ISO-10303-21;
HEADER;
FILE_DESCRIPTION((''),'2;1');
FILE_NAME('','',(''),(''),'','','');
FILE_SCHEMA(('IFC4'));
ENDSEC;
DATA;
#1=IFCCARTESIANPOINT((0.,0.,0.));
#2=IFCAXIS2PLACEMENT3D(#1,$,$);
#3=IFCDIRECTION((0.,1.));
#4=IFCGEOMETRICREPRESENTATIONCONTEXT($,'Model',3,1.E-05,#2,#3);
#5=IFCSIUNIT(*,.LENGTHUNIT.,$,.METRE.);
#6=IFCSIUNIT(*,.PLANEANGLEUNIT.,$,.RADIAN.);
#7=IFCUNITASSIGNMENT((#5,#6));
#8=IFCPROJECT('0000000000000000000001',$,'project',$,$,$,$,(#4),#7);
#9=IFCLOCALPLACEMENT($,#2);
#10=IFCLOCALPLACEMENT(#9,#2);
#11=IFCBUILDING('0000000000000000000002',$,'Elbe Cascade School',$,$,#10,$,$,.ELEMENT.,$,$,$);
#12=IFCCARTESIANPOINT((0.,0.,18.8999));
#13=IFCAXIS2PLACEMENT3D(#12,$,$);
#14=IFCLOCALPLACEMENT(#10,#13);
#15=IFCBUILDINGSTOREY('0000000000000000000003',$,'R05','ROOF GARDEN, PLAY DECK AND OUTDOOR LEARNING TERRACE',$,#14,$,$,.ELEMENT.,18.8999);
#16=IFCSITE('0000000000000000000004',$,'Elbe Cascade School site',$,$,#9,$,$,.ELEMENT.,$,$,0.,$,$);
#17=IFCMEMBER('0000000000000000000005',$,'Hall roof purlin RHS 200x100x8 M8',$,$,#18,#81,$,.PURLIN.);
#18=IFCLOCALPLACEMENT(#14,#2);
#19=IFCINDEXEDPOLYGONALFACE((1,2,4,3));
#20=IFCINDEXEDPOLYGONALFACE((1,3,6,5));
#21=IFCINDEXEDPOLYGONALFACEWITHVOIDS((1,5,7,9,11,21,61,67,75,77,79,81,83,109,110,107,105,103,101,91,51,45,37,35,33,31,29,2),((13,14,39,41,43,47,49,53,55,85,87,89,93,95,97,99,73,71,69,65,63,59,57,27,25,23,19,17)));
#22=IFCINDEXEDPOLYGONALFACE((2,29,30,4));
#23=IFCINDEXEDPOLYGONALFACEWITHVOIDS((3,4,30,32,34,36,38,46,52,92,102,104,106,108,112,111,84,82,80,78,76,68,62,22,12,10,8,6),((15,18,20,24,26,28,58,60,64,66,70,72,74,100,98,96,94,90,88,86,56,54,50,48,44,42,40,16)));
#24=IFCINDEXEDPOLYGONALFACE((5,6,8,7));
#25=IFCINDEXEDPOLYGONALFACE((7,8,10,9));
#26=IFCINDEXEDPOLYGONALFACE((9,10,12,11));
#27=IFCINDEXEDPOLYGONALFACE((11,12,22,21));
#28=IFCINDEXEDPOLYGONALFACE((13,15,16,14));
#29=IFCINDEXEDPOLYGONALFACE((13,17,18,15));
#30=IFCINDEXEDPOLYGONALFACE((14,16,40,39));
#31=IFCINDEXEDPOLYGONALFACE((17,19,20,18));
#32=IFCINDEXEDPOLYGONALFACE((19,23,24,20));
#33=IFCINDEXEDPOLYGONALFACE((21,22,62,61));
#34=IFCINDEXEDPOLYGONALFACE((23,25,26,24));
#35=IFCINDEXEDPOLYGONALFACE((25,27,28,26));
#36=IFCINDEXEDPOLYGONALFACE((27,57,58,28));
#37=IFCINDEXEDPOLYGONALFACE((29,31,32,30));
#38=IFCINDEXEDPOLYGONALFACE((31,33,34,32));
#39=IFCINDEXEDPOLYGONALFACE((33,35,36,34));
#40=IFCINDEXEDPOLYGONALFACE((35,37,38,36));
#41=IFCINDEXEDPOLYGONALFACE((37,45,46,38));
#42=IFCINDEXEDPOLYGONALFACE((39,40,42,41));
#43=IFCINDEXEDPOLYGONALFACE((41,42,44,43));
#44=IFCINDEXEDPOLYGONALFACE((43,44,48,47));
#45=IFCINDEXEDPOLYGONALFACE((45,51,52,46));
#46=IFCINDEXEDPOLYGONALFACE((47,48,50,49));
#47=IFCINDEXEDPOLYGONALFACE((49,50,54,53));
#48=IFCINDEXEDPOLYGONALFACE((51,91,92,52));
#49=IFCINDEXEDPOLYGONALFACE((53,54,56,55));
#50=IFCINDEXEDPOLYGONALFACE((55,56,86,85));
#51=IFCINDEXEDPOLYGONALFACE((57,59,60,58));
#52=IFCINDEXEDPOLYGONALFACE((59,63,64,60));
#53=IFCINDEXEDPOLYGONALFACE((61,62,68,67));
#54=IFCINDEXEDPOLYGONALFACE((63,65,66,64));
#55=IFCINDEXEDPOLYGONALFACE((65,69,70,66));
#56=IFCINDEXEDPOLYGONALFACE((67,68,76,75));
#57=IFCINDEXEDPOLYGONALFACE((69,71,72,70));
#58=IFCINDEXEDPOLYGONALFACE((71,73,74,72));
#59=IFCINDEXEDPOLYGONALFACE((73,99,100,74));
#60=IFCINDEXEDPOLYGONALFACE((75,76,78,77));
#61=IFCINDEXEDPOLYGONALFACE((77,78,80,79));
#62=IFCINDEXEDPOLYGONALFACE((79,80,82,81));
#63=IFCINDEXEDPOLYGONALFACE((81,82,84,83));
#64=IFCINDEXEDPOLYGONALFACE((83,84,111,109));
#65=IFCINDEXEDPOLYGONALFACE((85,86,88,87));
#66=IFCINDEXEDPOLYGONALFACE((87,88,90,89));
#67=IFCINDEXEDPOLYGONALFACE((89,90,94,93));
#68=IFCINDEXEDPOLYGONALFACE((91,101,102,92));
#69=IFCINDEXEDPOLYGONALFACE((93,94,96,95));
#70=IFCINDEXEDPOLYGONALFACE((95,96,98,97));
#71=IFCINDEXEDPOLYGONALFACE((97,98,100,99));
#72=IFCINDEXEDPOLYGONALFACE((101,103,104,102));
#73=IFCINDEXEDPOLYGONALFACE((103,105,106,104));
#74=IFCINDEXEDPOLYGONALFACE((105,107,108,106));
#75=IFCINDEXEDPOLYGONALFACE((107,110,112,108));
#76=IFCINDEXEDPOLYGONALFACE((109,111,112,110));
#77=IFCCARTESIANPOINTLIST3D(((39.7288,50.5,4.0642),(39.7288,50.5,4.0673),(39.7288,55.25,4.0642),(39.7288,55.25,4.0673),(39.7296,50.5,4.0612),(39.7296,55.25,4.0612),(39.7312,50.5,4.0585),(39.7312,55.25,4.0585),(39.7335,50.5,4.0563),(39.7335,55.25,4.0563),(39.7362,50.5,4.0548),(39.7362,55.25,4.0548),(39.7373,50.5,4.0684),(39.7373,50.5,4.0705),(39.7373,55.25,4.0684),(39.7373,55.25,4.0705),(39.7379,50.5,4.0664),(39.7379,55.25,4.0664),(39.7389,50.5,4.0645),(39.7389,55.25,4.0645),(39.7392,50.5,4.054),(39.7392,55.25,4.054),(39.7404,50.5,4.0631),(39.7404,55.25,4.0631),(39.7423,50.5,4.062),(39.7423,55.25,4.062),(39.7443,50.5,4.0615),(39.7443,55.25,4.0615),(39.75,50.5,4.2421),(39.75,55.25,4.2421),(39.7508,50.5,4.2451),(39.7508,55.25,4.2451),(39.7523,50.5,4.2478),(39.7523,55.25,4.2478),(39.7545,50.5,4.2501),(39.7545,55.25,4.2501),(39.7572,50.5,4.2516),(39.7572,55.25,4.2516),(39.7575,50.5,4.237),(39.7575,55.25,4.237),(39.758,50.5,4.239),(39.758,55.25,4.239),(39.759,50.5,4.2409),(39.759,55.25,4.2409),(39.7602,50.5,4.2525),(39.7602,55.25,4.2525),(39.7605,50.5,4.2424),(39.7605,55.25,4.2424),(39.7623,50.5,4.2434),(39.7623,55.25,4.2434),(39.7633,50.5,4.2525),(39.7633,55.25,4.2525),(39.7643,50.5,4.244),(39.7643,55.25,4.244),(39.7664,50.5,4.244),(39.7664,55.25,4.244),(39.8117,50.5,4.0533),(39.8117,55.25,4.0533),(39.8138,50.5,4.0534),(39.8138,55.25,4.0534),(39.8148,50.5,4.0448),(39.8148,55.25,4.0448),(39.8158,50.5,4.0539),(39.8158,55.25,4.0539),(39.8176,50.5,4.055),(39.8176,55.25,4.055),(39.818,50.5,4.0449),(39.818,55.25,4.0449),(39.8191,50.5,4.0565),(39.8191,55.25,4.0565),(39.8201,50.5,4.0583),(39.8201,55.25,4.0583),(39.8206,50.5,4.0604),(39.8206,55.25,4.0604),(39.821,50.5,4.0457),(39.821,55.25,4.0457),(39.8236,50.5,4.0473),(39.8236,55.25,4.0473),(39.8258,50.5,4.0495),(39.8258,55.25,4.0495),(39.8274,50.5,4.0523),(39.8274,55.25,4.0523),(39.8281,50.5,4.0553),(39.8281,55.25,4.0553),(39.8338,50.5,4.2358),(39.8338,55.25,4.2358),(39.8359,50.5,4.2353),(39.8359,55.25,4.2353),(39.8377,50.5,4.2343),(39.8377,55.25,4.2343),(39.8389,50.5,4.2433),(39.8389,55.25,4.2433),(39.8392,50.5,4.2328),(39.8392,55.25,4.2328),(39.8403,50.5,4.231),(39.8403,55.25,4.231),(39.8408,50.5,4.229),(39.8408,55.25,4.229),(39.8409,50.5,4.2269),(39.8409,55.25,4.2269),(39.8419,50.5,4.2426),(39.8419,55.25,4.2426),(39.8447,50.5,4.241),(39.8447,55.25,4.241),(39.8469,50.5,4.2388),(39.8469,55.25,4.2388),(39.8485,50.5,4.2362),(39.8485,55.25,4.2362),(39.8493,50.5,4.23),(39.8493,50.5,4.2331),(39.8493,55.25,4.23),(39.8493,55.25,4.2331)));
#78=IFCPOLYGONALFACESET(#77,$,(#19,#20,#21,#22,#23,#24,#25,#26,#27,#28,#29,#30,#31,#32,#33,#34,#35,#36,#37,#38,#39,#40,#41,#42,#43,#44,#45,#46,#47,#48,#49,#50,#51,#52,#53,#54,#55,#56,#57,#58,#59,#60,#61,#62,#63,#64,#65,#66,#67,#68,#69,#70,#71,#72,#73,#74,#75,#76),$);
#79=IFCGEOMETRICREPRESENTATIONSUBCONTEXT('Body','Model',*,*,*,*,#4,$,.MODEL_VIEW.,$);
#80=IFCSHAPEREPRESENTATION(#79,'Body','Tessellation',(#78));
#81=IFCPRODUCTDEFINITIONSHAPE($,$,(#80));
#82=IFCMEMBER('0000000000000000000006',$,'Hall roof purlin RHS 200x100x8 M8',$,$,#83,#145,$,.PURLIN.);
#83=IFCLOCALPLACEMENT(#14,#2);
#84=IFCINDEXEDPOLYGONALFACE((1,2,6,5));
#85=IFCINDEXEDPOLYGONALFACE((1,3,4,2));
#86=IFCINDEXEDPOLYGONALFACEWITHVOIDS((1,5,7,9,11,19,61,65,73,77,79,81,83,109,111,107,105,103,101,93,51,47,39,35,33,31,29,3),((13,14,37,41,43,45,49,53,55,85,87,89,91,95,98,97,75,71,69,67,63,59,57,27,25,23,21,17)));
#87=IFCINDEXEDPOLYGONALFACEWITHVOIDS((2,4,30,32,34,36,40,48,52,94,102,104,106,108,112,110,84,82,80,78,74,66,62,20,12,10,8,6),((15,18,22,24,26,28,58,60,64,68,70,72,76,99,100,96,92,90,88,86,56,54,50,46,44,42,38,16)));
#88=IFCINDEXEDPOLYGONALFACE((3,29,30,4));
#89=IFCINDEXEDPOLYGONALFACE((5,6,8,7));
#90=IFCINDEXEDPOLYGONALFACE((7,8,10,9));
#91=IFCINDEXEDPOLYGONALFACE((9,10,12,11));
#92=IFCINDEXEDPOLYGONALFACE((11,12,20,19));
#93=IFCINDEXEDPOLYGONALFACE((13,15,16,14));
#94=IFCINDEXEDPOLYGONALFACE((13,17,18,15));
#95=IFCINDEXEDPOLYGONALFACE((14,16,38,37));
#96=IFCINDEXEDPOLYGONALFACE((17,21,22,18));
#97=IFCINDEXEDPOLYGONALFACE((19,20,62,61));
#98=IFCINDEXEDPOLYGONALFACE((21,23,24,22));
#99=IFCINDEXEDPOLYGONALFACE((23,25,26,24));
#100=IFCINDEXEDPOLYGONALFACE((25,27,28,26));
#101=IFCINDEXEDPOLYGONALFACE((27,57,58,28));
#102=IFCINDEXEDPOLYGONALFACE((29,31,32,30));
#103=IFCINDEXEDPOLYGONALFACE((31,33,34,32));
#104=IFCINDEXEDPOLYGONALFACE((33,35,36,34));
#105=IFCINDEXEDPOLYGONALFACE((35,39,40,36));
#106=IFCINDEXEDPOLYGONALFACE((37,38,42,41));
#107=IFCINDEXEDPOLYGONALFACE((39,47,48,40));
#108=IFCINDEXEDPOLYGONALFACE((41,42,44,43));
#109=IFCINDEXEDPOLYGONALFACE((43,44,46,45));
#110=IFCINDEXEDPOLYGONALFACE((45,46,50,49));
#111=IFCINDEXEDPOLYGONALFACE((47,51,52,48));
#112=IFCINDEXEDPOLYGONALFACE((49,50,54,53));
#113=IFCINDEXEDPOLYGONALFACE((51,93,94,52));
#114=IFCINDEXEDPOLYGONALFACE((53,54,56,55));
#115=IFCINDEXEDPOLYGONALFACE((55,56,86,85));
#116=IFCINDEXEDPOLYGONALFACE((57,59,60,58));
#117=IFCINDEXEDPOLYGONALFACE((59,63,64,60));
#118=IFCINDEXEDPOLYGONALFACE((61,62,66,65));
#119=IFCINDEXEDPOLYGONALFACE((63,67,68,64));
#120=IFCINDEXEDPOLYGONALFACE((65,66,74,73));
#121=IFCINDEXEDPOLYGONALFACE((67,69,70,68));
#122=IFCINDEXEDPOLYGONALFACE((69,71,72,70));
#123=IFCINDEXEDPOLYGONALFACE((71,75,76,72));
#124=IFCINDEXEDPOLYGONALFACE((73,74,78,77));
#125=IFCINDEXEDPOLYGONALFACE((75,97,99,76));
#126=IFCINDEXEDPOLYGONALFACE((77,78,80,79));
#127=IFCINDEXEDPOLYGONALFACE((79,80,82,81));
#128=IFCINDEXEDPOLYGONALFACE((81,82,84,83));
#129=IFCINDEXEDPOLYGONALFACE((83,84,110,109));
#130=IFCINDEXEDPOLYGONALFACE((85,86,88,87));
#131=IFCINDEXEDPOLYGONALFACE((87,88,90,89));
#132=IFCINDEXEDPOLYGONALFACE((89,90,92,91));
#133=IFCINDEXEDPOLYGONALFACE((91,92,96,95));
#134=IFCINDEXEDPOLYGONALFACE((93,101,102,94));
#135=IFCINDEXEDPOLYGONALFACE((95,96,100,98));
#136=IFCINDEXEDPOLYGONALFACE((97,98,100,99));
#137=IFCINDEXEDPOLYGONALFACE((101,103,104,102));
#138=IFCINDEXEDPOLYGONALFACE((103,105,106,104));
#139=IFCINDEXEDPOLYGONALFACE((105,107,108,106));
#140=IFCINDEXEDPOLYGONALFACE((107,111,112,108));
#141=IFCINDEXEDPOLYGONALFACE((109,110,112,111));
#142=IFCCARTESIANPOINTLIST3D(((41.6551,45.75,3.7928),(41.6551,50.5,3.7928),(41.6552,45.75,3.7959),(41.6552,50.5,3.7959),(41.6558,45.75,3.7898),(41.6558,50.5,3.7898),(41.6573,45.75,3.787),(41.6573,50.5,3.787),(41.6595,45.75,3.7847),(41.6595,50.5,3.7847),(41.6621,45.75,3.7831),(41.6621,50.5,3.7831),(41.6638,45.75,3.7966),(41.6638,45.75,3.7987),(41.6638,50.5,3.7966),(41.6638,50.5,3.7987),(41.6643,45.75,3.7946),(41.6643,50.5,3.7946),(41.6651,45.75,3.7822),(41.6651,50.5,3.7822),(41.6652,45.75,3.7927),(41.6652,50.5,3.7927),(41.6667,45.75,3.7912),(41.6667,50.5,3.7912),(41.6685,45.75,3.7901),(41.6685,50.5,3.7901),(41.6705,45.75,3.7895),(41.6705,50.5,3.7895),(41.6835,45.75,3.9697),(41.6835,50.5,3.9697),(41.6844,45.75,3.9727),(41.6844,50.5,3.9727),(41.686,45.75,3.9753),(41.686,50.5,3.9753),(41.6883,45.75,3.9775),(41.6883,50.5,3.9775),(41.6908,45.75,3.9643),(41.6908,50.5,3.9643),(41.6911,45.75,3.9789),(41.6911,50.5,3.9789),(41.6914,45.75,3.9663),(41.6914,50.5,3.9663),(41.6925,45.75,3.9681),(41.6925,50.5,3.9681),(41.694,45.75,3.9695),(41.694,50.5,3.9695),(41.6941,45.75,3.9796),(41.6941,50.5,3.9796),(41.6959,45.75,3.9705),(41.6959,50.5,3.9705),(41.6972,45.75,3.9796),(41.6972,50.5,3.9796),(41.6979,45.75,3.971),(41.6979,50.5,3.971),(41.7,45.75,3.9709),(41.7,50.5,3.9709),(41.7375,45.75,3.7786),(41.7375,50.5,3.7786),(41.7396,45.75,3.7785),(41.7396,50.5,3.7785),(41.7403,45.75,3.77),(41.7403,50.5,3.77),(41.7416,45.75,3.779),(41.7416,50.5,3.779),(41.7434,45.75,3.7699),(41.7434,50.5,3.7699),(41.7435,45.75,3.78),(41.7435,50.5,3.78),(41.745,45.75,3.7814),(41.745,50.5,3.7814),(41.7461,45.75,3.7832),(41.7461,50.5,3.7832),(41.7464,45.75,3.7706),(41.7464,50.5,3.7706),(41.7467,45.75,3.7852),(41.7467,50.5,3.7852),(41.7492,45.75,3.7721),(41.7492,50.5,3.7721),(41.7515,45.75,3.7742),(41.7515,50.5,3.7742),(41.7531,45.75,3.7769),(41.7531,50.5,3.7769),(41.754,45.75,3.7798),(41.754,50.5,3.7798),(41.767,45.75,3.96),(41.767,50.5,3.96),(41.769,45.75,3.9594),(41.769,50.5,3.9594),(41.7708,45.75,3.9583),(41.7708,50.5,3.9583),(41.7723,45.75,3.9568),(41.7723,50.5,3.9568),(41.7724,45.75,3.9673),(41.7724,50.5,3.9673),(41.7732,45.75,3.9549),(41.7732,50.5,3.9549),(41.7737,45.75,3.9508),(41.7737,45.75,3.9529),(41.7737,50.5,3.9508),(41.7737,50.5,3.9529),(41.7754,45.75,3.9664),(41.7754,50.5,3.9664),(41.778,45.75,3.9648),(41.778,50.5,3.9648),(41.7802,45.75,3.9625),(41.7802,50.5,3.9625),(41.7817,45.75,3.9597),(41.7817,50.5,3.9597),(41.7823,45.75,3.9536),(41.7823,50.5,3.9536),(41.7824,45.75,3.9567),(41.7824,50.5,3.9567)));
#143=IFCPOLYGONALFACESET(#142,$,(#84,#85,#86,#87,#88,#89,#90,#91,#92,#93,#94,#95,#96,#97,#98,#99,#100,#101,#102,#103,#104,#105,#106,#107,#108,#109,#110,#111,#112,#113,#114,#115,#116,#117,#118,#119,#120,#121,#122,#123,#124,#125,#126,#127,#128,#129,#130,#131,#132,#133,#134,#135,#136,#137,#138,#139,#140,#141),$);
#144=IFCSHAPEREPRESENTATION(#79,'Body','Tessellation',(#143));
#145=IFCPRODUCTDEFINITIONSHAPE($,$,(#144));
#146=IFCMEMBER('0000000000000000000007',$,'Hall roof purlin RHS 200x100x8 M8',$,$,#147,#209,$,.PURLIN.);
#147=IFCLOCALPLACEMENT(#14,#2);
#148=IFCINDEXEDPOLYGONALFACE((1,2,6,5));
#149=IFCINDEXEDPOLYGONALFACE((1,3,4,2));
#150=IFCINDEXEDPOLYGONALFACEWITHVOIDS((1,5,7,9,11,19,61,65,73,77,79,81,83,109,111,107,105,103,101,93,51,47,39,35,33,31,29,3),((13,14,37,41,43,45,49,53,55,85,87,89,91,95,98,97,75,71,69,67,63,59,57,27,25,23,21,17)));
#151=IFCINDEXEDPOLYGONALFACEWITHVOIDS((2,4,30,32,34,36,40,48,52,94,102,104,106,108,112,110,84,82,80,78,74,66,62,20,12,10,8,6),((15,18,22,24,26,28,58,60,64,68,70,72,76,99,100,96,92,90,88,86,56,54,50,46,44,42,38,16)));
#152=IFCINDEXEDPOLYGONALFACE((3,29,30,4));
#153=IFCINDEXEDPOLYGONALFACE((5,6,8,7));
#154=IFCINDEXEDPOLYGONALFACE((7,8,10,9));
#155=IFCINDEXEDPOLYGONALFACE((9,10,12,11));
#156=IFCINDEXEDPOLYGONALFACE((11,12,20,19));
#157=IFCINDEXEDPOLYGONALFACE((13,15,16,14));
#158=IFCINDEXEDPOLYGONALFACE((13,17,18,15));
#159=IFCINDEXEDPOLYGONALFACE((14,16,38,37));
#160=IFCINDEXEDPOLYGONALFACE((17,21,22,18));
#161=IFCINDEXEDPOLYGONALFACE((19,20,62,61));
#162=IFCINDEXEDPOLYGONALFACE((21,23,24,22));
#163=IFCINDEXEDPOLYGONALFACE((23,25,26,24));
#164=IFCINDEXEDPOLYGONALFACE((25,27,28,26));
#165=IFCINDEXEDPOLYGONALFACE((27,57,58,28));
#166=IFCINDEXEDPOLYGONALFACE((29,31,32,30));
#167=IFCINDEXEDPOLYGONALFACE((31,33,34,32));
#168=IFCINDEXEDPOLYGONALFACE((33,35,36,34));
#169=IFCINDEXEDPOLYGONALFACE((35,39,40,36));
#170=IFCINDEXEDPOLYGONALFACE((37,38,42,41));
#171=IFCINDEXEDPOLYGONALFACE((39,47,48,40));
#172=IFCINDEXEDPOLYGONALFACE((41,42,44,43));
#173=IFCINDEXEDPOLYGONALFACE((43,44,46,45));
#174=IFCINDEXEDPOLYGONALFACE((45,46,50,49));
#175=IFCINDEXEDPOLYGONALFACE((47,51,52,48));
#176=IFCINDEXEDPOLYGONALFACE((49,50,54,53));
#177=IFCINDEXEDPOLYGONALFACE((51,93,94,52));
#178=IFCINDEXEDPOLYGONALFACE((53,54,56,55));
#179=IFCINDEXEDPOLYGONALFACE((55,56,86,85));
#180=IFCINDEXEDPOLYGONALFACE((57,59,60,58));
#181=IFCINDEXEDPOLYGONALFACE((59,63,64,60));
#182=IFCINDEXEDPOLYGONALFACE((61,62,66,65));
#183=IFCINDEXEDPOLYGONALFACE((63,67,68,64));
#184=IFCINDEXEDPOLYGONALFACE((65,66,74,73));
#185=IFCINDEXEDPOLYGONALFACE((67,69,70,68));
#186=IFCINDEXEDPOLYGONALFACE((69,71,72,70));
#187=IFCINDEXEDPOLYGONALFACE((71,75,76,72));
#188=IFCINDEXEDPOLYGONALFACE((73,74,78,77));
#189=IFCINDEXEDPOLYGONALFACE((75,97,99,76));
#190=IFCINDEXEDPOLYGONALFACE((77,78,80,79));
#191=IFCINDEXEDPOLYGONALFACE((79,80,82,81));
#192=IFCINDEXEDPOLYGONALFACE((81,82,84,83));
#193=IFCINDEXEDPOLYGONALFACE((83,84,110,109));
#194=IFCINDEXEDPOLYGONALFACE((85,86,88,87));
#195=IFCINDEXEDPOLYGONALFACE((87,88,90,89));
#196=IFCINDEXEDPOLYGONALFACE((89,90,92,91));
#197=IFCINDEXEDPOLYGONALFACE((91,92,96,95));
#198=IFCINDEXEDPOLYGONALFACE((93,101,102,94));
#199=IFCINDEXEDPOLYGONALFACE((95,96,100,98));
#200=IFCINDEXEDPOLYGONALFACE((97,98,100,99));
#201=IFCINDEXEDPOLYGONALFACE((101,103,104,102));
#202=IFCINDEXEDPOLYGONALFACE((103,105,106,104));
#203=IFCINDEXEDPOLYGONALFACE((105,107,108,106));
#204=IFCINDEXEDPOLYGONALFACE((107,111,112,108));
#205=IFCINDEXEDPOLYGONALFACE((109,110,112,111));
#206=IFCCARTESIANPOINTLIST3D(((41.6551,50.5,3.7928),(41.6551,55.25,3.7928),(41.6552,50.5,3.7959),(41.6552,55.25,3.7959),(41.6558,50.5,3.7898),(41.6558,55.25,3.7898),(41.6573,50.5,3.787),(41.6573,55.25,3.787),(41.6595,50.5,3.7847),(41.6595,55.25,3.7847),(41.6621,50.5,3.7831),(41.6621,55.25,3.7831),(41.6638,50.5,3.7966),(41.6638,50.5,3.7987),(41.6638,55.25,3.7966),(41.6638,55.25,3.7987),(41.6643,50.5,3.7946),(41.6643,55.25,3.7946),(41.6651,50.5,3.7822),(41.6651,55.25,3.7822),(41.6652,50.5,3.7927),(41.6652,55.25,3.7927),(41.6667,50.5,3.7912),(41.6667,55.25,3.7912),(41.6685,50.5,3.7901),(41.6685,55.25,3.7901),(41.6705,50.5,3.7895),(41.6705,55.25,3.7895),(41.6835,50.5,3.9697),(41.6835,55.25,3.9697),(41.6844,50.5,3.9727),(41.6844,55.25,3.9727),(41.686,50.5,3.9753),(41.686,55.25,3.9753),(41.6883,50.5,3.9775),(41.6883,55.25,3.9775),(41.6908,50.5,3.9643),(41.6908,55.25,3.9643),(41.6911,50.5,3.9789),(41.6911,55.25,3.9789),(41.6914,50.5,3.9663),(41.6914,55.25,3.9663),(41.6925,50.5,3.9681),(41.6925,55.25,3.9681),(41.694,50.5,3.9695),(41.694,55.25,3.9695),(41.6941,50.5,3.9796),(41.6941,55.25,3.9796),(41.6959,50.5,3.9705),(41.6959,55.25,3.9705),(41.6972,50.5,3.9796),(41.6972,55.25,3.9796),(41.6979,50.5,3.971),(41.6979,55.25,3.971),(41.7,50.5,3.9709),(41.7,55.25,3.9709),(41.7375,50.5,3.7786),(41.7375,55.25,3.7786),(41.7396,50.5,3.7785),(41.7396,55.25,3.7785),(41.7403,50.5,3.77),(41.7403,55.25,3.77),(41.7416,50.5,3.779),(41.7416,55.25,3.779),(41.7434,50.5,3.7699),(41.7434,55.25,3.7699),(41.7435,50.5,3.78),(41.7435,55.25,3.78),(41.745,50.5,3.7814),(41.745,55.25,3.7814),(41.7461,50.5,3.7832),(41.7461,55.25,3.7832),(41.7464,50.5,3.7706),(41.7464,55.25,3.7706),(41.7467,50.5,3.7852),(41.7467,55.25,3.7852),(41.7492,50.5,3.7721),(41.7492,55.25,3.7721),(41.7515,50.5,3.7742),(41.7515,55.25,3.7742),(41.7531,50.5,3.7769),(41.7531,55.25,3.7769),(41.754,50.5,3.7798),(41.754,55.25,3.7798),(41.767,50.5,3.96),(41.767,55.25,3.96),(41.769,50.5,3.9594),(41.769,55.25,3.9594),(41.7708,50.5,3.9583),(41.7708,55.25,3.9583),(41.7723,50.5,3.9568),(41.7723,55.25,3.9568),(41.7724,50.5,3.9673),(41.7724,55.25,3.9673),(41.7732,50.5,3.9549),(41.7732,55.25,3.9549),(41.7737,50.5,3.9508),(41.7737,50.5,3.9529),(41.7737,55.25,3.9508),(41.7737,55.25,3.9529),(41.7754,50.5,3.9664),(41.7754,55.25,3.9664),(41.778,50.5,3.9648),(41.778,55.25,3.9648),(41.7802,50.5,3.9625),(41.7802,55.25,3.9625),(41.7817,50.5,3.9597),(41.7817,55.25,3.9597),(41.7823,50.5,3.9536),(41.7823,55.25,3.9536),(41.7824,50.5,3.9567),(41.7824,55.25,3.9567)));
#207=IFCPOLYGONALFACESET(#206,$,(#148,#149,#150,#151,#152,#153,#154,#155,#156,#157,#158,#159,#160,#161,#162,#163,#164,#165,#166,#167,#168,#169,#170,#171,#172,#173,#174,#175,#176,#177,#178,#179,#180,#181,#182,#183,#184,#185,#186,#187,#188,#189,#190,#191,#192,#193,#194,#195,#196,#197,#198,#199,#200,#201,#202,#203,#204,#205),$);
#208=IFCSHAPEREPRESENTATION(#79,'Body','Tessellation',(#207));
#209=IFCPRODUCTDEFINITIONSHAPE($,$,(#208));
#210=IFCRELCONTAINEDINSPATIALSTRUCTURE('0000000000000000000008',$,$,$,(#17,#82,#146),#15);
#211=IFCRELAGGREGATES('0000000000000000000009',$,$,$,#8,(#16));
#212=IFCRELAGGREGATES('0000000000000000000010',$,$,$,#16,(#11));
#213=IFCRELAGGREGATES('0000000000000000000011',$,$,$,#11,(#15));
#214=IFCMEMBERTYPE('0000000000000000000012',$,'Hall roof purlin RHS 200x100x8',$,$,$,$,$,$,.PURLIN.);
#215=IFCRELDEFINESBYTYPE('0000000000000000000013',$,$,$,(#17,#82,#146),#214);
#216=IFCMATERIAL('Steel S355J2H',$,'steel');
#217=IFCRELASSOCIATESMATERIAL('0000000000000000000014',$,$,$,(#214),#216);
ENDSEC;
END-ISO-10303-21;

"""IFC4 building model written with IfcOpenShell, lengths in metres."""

from ifc_helpers import new_model, si_unit, direction, frame, origin, origin_2d, place, context, subcontext, project, spatial, hollow_rectangle, extrude, material, material_profile, profile_set, type_object, element, save


model = new_model("IFC4")

# Units and contexts
model_context = context("Model", 3, precision=1e-05, world=origin(), true_north=direction((0.0, 1.0)))
body_context = subcontext(model_context, "Body", "Model", "MODEL_VIEW")
ifc_project = project(units=[si_unit("LENGTHUNIT", "METRE"), si_unit("PLANEANGLEUNIT", "RADIAN")], contexts=[model_context])

# Site, building, storey
site_placement = place(None, origin())
site = spatial("IfcSite", under=ifc_project, at=site_placement, Name="Elbe Cascade School site", CompositionType="ELEMENT", RefElevation=0.0)
building_placement = place(site_placement, origin())
building = spatial("IfcBuilding", under=site, at=building_placement, Name="Elbe Cascade School", CompositionType="ELEMENT")
storey_placement = place(building_placement, frame((0.0, 0.0, 18.8999)))
storey = spatial("IfcBuildingStorey", under=building, at=storey_placement, Name="R05", Description="ROOF GARDEN, PLAY DECK AND OUTDOOR LEARNING TERRACE", CompositionType="ELEMENT", Elevation=18.8999)

# Members
ifc_material_1 = material(Name="Steel S355J2H", Category="steel")
ifc_material_profile_1 = material_profile(ifc_material_1, hollow_rectangle(XDim=0.1001, YDim=0.2, WallThickness=0.0081, InnerFilletRadius=0.0081, OuterFilletRadius=0.012, at=origin_2d()), Name="RHS 200x100x8")
ifc_profile_set_1 = profile_set([ifc_material_profile_1], Name="Steel S355J2H")
member_type_1 = type_object("IfcMemberType", Name="Hall roof purlin RHS 200x100x8", PredefinedType="PURLIN", material=ifc_profile_set_1)
for number, where, z_axis, x_axis, name in (
    (1, (39.7891, 50.5, 4.1487), (0.0, 1.0, 0.0), (-0.992718, 0.0, 0.120463), "Hall roof purlin RHS 200x100x8 M8"),
    (2, (41.7188, 45.75, 3.8748), (0.0, 1.0, 0.0), (-0.987017, 0.0, 0.160618), "Hall roof purlin RHS 200x100x8 M8"),
    (3, (41.7188, 50.5, 3.8748), (0.0, 1.0, 0.0), (-0.987017, 0.0, 0.160618), "Hall roof purlin RHS 200x100x8 M8"),
):
    element("IfcMember", number, at=place(storey_placement, frame(where, z_axis=z_axis, x_axis=x_axis)), inside=storey, type_object=member_type_1, Name=name, PredefinedType="PURLIN", context=body_context, shape_type="SweptSolid", body=[
        extrude(hollow_rectangle(XDim=0.1001, YDim=0.2, WallThickness=0.0081, InnerFilletRadius=0.0081, OuterFilletRadius=0.012, at=origin_2d()), origin(), (0.0, 0.0, 1.0), 4.75),
    ])

save(model, "model.ifc")
